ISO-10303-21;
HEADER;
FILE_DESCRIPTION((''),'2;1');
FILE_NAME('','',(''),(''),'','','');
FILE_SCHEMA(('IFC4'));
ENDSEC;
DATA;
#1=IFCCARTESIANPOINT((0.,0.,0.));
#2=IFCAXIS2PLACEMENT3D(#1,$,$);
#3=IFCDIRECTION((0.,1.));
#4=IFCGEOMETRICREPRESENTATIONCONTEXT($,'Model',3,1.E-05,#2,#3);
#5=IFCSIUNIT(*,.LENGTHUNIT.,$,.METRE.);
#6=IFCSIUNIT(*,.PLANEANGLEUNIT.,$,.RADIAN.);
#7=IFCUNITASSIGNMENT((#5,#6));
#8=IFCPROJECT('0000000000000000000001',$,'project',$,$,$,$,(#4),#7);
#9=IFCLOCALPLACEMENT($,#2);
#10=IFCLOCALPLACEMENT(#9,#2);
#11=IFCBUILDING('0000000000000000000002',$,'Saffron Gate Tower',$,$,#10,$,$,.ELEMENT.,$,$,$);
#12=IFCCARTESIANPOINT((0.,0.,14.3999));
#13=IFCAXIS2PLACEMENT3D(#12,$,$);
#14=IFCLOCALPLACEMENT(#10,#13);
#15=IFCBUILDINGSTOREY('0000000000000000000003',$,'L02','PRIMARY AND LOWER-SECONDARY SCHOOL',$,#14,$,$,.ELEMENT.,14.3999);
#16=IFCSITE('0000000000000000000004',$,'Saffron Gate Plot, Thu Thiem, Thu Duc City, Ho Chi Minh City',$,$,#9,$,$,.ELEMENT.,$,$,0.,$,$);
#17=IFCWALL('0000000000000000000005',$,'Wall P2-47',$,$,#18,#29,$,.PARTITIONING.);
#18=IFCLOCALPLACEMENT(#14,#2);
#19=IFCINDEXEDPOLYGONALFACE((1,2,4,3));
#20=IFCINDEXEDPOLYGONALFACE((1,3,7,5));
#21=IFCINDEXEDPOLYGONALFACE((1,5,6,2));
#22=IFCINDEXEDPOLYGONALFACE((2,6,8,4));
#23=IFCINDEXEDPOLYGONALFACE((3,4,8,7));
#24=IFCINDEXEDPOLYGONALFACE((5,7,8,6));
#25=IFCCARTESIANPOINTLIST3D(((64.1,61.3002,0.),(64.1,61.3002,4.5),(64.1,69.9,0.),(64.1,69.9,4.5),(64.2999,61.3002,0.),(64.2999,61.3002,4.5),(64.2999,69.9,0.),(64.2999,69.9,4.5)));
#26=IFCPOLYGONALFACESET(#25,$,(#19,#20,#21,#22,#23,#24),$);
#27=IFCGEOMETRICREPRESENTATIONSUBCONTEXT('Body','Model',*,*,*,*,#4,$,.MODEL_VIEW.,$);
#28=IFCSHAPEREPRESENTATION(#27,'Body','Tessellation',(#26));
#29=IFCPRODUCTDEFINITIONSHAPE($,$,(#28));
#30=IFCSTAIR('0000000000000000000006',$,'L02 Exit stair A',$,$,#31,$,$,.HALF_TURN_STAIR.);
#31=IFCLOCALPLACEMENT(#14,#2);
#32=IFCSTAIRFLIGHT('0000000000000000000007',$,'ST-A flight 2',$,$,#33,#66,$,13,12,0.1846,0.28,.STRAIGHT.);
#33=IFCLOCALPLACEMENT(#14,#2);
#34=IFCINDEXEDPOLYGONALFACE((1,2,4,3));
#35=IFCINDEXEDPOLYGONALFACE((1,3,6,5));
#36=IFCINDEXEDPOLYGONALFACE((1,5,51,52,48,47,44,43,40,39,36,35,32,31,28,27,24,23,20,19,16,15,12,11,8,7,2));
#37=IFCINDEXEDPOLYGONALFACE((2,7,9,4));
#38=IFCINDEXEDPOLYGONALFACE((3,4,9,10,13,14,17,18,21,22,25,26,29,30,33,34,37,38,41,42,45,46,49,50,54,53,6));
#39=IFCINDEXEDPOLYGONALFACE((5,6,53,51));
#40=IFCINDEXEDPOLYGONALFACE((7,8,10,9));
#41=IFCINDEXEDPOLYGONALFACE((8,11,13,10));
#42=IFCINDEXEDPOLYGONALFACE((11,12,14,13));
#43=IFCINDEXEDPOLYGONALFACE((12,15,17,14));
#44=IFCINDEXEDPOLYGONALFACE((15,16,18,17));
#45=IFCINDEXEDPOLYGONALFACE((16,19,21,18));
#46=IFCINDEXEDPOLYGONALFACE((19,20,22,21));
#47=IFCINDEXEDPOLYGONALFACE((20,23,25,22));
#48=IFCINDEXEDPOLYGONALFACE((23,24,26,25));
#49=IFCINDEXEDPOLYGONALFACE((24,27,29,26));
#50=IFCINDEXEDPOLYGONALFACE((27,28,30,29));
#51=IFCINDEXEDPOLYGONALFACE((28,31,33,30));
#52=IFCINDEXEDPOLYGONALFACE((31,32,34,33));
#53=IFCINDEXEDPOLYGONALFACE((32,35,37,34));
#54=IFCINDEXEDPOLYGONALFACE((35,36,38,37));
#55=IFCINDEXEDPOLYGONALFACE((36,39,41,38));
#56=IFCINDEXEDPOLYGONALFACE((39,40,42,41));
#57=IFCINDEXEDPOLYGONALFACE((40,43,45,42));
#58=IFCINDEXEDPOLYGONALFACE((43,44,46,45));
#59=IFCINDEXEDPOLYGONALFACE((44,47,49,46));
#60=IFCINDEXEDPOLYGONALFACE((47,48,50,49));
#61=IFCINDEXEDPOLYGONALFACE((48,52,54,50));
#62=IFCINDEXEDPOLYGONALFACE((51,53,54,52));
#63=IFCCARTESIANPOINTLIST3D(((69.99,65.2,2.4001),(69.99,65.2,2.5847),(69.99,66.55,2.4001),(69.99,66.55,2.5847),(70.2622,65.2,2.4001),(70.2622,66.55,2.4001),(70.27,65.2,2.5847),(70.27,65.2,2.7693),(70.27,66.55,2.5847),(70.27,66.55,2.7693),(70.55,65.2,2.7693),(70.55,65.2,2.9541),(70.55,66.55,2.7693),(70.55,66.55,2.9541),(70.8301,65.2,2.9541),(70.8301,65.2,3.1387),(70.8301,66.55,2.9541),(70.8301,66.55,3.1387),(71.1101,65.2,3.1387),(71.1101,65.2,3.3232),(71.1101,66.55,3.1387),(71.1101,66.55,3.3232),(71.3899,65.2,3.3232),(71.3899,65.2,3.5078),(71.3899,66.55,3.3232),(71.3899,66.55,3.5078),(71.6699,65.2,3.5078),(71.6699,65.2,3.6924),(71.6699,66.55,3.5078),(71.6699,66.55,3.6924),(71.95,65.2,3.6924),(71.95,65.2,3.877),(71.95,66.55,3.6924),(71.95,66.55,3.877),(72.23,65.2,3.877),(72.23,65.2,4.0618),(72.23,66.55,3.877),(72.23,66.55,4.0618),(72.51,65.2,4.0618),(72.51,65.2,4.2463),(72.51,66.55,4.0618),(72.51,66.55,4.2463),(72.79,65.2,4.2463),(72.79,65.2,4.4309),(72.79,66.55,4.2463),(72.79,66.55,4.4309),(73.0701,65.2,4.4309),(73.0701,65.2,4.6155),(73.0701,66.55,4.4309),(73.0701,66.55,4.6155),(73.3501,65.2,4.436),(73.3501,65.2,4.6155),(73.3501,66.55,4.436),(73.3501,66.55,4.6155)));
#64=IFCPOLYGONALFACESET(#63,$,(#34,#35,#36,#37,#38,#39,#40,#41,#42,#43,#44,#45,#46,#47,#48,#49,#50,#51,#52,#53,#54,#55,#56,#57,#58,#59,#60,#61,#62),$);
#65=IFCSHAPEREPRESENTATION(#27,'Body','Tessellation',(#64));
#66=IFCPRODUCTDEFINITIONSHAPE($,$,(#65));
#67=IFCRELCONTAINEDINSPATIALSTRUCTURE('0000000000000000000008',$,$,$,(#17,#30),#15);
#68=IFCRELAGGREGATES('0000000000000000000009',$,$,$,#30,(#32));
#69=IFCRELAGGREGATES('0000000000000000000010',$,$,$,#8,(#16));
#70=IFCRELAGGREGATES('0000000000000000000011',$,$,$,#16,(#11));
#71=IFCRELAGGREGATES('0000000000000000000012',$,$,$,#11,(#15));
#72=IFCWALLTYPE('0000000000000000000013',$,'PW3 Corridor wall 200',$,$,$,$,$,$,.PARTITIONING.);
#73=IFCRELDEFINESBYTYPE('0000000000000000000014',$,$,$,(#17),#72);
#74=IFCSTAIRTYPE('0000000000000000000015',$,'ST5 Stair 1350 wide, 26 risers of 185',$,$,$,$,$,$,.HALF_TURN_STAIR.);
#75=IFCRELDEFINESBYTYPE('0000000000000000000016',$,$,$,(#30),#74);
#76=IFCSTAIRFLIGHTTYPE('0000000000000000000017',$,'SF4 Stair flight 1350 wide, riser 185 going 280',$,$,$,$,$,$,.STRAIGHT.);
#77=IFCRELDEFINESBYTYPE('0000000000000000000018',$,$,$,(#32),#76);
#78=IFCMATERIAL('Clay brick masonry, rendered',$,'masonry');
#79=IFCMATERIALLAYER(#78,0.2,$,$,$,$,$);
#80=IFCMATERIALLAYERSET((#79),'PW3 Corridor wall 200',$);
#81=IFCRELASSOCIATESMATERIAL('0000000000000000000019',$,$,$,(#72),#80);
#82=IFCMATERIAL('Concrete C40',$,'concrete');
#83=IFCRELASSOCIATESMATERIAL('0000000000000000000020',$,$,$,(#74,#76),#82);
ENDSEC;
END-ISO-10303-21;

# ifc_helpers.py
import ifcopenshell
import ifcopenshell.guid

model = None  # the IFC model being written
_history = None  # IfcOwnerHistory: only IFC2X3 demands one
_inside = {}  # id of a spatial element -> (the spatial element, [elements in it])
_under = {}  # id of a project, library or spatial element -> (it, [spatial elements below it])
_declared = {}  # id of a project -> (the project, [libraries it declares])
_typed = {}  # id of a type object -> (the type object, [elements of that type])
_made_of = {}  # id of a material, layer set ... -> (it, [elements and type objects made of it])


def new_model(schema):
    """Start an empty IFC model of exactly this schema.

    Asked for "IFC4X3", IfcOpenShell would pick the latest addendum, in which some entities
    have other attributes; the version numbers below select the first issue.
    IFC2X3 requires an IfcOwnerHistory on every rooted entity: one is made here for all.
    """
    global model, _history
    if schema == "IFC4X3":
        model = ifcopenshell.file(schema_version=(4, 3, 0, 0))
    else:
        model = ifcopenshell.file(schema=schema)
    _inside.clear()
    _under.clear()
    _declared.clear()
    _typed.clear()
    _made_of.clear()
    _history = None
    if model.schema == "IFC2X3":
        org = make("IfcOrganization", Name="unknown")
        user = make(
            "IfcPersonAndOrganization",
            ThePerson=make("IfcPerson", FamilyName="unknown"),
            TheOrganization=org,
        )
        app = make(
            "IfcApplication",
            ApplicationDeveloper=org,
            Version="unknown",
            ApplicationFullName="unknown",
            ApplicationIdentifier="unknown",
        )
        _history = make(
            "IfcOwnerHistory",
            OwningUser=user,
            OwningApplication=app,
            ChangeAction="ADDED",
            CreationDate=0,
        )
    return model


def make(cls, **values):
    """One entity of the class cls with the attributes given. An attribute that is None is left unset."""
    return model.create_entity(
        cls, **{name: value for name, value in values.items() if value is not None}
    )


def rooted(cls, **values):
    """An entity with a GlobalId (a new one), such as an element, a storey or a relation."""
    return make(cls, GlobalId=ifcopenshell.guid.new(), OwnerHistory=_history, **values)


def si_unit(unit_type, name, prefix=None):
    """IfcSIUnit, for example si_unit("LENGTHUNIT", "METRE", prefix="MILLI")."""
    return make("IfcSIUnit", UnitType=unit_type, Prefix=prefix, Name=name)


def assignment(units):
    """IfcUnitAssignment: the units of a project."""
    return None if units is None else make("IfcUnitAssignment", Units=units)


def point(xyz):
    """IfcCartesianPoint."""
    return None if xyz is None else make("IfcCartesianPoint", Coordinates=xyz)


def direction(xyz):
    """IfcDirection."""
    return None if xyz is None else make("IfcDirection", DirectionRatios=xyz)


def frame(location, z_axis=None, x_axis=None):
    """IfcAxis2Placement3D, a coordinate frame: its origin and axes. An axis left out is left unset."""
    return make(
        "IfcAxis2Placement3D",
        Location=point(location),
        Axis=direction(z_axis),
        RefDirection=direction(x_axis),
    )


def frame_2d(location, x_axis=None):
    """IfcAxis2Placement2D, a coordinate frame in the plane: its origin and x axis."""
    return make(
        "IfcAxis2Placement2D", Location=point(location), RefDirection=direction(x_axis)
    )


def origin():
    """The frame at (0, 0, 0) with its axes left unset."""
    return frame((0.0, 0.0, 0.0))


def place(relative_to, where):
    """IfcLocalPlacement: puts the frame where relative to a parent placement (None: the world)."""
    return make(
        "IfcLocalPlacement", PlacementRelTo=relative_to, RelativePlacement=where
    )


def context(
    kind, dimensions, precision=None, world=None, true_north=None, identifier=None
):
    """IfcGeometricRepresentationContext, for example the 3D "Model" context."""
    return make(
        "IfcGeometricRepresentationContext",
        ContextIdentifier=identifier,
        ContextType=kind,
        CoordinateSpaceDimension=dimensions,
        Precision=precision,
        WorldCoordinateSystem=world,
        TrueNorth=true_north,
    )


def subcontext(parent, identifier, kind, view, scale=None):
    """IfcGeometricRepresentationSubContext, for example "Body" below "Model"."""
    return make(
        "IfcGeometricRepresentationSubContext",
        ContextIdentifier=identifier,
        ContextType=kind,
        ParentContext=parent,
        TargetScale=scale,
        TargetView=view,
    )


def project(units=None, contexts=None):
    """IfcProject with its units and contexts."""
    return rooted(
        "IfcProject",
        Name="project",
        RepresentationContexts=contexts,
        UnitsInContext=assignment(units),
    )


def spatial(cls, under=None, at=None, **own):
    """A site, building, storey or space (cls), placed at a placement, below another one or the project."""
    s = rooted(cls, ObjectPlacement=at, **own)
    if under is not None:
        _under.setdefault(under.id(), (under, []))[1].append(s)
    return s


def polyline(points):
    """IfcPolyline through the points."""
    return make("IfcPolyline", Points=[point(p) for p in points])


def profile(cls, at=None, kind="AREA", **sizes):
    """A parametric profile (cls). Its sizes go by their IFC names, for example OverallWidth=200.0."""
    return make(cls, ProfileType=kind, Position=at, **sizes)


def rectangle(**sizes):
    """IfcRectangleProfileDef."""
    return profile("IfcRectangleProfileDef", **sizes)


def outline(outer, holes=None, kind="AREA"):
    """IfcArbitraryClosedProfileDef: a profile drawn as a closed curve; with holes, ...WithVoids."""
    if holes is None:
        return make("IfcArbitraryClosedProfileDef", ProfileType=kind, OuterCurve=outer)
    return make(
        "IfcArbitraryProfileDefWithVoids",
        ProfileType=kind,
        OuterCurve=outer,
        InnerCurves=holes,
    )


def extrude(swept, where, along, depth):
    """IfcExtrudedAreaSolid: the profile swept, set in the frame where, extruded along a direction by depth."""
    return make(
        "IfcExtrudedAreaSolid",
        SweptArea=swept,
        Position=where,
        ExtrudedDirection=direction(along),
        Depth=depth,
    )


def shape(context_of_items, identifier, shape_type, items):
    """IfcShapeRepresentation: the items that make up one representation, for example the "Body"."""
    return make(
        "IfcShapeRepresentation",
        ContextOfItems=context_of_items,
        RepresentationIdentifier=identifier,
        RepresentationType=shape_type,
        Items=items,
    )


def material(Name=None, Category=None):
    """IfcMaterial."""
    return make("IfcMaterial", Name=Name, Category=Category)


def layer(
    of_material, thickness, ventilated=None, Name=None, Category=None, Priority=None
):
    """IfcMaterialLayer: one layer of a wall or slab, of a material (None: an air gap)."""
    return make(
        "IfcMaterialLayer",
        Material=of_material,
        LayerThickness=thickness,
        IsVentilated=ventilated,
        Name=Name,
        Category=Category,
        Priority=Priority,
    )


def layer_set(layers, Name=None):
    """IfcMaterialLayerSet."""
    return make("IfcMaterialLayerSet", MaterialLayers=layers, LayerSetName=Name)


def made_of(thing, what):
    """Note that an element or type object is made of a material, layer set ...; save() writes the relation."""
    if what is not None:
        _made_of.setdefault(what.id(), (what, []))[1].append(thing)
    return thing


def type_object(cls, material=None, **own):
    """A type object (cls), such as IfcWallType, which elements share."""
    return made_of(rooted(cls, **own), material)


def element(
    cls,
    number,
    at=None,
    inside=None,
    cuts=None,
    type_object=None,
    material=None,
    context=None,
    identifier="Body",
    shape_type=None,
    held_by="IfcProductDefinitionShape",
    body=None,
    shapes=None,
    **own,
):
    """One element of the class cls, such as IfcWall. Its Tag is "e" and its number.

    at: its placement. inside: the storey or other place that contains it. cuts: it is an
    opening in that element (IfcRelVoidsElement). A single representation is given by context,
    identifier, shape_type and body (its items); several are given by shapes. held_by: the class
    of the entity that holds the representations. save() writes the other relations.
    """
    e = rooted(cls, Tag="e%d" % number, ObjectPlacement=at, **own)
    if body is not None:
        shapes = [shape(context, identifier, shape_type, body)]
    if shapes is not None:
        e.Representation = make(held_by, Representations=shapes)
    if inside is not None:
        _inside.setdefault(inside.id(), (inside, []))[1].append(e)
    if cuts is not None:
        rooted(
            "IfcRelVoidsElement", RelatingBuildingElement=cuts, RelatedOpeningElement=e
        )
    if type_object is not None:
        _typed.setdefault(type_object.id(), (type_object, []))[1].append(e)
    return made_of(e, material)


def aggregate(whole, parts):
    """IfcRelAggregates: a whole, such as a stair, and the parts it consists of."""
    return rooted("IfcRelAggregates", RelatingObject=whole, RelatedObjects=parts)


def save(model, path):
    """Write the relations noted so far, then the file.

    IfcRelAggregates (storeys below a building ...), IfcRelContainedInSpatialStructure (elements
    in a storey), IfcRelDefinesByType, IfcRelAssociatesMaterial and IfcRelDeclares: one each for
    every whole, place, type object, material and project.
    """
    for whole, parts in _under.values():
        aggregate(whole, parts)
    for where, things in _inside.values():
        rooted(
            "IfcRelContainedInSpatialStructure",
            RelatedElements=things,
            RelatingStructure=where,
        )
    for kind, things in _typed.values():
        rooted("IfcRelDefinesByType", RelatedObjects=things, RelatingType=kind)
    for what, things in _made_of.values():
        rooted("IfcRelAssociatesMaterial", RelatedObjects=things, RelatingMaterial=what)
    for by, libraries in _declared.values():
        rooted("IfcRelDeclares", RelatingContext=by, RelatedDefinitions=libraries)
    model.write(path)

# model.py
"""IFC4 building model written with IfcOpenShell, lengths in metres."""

from ifc_helpers import new_model, si_unit, direction, frame, frame_2d, origin, place, context, subcontext, project, spatial, polyline, rectangle, outline, extrude, material, layer, layer_set, type_object, element, aggregate, save


model = new_model("IFC4")

# Units and contexts
model_context = context("Model", 3, precision=1e-05, world=origin(), true_north=direction((0.0, 1.0)))
body_context = subcontext(model_context, "Body", "Model", "MODEL_VIEW")
ifc_project = project(units=[si_unit("LENGTHUNIT", "METRE"), si_unit("PLANEANGLEUNIT", "RADIAN")], contexts=[model_context])

# Site, building, storey
site_placement = place(None, origin())
site = spatial("IfcSite", under=ifc_project, at=site_placement, Name="Saffron Gate Plot, Thu Thiem, Thu Duc City, Ho Chi Minh City", CompositionType="ELEMENT", RefElevation=0.0)
building_placement = place(site_placement, origin())
building = spatial("IfcBuilding", under=site, at=building_placement, Name="Saffron Gate Tower", CompositionType="ELEMENT")
storey_placement = place(building_placement, frame((0.0, 0.0, 14.3999)))
storey = spatial("IfcBuildingStorey", under=building, at=storey_placement, Name="L02", Description="PRIMARY AND LOWER-SECONDARY SCHOOL", CompositionType="ELEMENT", Elevation=14.3999)

# Wall
ifc_material_1 = material(Name="Clay brick masonry, rendered", Category="masonry")
ifc_layer_1 = layer(ifc_material_1, 0.2)
ifc_layer_set_1 = layer_set([ifc_layer_1], Name="PW3 Corridor wall 200")
wall_type_1 = type_object("IfcWallType", Name="PW3 Corridor wall 200", PredefinedType="PARTITIONING", material=ifc_layer_set_1)
wall_1_placement = place(storey_placement, frame((64.2, 69.8999, 0.0), z_axis=(0.0, 0.0, 1.0), x_axis=(0.0, -1.0, 0.0)))
element("IfcWall", 1, at=wall_1_placement, inside=storey, type_object=wall_type_1, Name="Wall P2-47", PredefinedType="PARTITIONING", context=body_context, shape_type="SweptSolid", body=[
    extrude(rectangle(XDim=8.5999, YDim=0.2, at=frame_2d((4.2998, 0.0))), origin(), (0.0, 0.0, 1.0), 4.5),
])

# Stair, stair flight
ifc_material_2 = material(Name="Concrete C40", Category="concrete")
stair_type = type_object("IfcStairType", Name="ST5 Stair 1350 wide, 26 risers of 185", PredefinedType="HALF_TURN_STAIR", material=ifc_material_2)
stair_placement = place(storey_placement, origin())
stair = element("IfcStair", 2, at=stair_placement, inside=storey, type_object=stair_type, Name="L02 Exit stair A", PredefinedType="HALF_TURN_STAIR")
stair_flight_type = type_object("IfcStairFlightType", Name="SF4 Stair flight 1350 wide, riser 185 going 280", PredefinedType="STRAIGHT", material=ifc_material_2)
stair_flight_placement = place(storey_placement, frame((69.99, 65.875, 2.4001), z_axis=(0.0, 0.0, 1.0), x_axis=(1.0, 0.0, 0.0)))
stair_flight = element("IfcStairFlight", 3, at=stair_flight_placement, type_object=stair_flight_type, Name="ST-A flight 2", NumberOfRisers=13, NumberOfTreads=12, PredefinedType="STRAIGHT", RiserHeight=0.1846, TreadLength=0.28, context=body_context, shape_type="SweptSolid", body=[
    extrude(outline(polyline([(0.0, 0.0), (0.0, 0.1846), (0.28, 0.1846), (0.28, 0.3691), (0.5601, 0.3691), (0.5601, 0.554), (0.8401, 0.554), (0.8401, 0.7385), (1.1201, 0.7385), (1.1201, 0.9231), (1.3999, 0.9231), (1.3999, 1.1077), (1.6799, 1.1077), (1.6799, 1.2922), (1.96, 1.2922), (1.96, 1.4768), (2.24, 1.4768), (2.24, 1.6616), (2.52, 1.6616), (2.52, 1.8462), (2.8, 1.8462), (2.8, 2.0308), (3.0801, 2.0308), (3.0801, 2.2153), (3.3601, 2.2153), (3.3601, 2.3999), (3.3601, 2.0359), (0.2722, 0.0), (0.0, 0.0)])), frame((0.0, 0.675, 0.0), z_axis=(0.0, -1.0, 0.0), x_axis=(1.0, 0.0, 0.0)), (0.0, 0.0, 1.0), 1.3501),
])
aggregate(stair, [stair_flight])

save(model, "model.ifc")
